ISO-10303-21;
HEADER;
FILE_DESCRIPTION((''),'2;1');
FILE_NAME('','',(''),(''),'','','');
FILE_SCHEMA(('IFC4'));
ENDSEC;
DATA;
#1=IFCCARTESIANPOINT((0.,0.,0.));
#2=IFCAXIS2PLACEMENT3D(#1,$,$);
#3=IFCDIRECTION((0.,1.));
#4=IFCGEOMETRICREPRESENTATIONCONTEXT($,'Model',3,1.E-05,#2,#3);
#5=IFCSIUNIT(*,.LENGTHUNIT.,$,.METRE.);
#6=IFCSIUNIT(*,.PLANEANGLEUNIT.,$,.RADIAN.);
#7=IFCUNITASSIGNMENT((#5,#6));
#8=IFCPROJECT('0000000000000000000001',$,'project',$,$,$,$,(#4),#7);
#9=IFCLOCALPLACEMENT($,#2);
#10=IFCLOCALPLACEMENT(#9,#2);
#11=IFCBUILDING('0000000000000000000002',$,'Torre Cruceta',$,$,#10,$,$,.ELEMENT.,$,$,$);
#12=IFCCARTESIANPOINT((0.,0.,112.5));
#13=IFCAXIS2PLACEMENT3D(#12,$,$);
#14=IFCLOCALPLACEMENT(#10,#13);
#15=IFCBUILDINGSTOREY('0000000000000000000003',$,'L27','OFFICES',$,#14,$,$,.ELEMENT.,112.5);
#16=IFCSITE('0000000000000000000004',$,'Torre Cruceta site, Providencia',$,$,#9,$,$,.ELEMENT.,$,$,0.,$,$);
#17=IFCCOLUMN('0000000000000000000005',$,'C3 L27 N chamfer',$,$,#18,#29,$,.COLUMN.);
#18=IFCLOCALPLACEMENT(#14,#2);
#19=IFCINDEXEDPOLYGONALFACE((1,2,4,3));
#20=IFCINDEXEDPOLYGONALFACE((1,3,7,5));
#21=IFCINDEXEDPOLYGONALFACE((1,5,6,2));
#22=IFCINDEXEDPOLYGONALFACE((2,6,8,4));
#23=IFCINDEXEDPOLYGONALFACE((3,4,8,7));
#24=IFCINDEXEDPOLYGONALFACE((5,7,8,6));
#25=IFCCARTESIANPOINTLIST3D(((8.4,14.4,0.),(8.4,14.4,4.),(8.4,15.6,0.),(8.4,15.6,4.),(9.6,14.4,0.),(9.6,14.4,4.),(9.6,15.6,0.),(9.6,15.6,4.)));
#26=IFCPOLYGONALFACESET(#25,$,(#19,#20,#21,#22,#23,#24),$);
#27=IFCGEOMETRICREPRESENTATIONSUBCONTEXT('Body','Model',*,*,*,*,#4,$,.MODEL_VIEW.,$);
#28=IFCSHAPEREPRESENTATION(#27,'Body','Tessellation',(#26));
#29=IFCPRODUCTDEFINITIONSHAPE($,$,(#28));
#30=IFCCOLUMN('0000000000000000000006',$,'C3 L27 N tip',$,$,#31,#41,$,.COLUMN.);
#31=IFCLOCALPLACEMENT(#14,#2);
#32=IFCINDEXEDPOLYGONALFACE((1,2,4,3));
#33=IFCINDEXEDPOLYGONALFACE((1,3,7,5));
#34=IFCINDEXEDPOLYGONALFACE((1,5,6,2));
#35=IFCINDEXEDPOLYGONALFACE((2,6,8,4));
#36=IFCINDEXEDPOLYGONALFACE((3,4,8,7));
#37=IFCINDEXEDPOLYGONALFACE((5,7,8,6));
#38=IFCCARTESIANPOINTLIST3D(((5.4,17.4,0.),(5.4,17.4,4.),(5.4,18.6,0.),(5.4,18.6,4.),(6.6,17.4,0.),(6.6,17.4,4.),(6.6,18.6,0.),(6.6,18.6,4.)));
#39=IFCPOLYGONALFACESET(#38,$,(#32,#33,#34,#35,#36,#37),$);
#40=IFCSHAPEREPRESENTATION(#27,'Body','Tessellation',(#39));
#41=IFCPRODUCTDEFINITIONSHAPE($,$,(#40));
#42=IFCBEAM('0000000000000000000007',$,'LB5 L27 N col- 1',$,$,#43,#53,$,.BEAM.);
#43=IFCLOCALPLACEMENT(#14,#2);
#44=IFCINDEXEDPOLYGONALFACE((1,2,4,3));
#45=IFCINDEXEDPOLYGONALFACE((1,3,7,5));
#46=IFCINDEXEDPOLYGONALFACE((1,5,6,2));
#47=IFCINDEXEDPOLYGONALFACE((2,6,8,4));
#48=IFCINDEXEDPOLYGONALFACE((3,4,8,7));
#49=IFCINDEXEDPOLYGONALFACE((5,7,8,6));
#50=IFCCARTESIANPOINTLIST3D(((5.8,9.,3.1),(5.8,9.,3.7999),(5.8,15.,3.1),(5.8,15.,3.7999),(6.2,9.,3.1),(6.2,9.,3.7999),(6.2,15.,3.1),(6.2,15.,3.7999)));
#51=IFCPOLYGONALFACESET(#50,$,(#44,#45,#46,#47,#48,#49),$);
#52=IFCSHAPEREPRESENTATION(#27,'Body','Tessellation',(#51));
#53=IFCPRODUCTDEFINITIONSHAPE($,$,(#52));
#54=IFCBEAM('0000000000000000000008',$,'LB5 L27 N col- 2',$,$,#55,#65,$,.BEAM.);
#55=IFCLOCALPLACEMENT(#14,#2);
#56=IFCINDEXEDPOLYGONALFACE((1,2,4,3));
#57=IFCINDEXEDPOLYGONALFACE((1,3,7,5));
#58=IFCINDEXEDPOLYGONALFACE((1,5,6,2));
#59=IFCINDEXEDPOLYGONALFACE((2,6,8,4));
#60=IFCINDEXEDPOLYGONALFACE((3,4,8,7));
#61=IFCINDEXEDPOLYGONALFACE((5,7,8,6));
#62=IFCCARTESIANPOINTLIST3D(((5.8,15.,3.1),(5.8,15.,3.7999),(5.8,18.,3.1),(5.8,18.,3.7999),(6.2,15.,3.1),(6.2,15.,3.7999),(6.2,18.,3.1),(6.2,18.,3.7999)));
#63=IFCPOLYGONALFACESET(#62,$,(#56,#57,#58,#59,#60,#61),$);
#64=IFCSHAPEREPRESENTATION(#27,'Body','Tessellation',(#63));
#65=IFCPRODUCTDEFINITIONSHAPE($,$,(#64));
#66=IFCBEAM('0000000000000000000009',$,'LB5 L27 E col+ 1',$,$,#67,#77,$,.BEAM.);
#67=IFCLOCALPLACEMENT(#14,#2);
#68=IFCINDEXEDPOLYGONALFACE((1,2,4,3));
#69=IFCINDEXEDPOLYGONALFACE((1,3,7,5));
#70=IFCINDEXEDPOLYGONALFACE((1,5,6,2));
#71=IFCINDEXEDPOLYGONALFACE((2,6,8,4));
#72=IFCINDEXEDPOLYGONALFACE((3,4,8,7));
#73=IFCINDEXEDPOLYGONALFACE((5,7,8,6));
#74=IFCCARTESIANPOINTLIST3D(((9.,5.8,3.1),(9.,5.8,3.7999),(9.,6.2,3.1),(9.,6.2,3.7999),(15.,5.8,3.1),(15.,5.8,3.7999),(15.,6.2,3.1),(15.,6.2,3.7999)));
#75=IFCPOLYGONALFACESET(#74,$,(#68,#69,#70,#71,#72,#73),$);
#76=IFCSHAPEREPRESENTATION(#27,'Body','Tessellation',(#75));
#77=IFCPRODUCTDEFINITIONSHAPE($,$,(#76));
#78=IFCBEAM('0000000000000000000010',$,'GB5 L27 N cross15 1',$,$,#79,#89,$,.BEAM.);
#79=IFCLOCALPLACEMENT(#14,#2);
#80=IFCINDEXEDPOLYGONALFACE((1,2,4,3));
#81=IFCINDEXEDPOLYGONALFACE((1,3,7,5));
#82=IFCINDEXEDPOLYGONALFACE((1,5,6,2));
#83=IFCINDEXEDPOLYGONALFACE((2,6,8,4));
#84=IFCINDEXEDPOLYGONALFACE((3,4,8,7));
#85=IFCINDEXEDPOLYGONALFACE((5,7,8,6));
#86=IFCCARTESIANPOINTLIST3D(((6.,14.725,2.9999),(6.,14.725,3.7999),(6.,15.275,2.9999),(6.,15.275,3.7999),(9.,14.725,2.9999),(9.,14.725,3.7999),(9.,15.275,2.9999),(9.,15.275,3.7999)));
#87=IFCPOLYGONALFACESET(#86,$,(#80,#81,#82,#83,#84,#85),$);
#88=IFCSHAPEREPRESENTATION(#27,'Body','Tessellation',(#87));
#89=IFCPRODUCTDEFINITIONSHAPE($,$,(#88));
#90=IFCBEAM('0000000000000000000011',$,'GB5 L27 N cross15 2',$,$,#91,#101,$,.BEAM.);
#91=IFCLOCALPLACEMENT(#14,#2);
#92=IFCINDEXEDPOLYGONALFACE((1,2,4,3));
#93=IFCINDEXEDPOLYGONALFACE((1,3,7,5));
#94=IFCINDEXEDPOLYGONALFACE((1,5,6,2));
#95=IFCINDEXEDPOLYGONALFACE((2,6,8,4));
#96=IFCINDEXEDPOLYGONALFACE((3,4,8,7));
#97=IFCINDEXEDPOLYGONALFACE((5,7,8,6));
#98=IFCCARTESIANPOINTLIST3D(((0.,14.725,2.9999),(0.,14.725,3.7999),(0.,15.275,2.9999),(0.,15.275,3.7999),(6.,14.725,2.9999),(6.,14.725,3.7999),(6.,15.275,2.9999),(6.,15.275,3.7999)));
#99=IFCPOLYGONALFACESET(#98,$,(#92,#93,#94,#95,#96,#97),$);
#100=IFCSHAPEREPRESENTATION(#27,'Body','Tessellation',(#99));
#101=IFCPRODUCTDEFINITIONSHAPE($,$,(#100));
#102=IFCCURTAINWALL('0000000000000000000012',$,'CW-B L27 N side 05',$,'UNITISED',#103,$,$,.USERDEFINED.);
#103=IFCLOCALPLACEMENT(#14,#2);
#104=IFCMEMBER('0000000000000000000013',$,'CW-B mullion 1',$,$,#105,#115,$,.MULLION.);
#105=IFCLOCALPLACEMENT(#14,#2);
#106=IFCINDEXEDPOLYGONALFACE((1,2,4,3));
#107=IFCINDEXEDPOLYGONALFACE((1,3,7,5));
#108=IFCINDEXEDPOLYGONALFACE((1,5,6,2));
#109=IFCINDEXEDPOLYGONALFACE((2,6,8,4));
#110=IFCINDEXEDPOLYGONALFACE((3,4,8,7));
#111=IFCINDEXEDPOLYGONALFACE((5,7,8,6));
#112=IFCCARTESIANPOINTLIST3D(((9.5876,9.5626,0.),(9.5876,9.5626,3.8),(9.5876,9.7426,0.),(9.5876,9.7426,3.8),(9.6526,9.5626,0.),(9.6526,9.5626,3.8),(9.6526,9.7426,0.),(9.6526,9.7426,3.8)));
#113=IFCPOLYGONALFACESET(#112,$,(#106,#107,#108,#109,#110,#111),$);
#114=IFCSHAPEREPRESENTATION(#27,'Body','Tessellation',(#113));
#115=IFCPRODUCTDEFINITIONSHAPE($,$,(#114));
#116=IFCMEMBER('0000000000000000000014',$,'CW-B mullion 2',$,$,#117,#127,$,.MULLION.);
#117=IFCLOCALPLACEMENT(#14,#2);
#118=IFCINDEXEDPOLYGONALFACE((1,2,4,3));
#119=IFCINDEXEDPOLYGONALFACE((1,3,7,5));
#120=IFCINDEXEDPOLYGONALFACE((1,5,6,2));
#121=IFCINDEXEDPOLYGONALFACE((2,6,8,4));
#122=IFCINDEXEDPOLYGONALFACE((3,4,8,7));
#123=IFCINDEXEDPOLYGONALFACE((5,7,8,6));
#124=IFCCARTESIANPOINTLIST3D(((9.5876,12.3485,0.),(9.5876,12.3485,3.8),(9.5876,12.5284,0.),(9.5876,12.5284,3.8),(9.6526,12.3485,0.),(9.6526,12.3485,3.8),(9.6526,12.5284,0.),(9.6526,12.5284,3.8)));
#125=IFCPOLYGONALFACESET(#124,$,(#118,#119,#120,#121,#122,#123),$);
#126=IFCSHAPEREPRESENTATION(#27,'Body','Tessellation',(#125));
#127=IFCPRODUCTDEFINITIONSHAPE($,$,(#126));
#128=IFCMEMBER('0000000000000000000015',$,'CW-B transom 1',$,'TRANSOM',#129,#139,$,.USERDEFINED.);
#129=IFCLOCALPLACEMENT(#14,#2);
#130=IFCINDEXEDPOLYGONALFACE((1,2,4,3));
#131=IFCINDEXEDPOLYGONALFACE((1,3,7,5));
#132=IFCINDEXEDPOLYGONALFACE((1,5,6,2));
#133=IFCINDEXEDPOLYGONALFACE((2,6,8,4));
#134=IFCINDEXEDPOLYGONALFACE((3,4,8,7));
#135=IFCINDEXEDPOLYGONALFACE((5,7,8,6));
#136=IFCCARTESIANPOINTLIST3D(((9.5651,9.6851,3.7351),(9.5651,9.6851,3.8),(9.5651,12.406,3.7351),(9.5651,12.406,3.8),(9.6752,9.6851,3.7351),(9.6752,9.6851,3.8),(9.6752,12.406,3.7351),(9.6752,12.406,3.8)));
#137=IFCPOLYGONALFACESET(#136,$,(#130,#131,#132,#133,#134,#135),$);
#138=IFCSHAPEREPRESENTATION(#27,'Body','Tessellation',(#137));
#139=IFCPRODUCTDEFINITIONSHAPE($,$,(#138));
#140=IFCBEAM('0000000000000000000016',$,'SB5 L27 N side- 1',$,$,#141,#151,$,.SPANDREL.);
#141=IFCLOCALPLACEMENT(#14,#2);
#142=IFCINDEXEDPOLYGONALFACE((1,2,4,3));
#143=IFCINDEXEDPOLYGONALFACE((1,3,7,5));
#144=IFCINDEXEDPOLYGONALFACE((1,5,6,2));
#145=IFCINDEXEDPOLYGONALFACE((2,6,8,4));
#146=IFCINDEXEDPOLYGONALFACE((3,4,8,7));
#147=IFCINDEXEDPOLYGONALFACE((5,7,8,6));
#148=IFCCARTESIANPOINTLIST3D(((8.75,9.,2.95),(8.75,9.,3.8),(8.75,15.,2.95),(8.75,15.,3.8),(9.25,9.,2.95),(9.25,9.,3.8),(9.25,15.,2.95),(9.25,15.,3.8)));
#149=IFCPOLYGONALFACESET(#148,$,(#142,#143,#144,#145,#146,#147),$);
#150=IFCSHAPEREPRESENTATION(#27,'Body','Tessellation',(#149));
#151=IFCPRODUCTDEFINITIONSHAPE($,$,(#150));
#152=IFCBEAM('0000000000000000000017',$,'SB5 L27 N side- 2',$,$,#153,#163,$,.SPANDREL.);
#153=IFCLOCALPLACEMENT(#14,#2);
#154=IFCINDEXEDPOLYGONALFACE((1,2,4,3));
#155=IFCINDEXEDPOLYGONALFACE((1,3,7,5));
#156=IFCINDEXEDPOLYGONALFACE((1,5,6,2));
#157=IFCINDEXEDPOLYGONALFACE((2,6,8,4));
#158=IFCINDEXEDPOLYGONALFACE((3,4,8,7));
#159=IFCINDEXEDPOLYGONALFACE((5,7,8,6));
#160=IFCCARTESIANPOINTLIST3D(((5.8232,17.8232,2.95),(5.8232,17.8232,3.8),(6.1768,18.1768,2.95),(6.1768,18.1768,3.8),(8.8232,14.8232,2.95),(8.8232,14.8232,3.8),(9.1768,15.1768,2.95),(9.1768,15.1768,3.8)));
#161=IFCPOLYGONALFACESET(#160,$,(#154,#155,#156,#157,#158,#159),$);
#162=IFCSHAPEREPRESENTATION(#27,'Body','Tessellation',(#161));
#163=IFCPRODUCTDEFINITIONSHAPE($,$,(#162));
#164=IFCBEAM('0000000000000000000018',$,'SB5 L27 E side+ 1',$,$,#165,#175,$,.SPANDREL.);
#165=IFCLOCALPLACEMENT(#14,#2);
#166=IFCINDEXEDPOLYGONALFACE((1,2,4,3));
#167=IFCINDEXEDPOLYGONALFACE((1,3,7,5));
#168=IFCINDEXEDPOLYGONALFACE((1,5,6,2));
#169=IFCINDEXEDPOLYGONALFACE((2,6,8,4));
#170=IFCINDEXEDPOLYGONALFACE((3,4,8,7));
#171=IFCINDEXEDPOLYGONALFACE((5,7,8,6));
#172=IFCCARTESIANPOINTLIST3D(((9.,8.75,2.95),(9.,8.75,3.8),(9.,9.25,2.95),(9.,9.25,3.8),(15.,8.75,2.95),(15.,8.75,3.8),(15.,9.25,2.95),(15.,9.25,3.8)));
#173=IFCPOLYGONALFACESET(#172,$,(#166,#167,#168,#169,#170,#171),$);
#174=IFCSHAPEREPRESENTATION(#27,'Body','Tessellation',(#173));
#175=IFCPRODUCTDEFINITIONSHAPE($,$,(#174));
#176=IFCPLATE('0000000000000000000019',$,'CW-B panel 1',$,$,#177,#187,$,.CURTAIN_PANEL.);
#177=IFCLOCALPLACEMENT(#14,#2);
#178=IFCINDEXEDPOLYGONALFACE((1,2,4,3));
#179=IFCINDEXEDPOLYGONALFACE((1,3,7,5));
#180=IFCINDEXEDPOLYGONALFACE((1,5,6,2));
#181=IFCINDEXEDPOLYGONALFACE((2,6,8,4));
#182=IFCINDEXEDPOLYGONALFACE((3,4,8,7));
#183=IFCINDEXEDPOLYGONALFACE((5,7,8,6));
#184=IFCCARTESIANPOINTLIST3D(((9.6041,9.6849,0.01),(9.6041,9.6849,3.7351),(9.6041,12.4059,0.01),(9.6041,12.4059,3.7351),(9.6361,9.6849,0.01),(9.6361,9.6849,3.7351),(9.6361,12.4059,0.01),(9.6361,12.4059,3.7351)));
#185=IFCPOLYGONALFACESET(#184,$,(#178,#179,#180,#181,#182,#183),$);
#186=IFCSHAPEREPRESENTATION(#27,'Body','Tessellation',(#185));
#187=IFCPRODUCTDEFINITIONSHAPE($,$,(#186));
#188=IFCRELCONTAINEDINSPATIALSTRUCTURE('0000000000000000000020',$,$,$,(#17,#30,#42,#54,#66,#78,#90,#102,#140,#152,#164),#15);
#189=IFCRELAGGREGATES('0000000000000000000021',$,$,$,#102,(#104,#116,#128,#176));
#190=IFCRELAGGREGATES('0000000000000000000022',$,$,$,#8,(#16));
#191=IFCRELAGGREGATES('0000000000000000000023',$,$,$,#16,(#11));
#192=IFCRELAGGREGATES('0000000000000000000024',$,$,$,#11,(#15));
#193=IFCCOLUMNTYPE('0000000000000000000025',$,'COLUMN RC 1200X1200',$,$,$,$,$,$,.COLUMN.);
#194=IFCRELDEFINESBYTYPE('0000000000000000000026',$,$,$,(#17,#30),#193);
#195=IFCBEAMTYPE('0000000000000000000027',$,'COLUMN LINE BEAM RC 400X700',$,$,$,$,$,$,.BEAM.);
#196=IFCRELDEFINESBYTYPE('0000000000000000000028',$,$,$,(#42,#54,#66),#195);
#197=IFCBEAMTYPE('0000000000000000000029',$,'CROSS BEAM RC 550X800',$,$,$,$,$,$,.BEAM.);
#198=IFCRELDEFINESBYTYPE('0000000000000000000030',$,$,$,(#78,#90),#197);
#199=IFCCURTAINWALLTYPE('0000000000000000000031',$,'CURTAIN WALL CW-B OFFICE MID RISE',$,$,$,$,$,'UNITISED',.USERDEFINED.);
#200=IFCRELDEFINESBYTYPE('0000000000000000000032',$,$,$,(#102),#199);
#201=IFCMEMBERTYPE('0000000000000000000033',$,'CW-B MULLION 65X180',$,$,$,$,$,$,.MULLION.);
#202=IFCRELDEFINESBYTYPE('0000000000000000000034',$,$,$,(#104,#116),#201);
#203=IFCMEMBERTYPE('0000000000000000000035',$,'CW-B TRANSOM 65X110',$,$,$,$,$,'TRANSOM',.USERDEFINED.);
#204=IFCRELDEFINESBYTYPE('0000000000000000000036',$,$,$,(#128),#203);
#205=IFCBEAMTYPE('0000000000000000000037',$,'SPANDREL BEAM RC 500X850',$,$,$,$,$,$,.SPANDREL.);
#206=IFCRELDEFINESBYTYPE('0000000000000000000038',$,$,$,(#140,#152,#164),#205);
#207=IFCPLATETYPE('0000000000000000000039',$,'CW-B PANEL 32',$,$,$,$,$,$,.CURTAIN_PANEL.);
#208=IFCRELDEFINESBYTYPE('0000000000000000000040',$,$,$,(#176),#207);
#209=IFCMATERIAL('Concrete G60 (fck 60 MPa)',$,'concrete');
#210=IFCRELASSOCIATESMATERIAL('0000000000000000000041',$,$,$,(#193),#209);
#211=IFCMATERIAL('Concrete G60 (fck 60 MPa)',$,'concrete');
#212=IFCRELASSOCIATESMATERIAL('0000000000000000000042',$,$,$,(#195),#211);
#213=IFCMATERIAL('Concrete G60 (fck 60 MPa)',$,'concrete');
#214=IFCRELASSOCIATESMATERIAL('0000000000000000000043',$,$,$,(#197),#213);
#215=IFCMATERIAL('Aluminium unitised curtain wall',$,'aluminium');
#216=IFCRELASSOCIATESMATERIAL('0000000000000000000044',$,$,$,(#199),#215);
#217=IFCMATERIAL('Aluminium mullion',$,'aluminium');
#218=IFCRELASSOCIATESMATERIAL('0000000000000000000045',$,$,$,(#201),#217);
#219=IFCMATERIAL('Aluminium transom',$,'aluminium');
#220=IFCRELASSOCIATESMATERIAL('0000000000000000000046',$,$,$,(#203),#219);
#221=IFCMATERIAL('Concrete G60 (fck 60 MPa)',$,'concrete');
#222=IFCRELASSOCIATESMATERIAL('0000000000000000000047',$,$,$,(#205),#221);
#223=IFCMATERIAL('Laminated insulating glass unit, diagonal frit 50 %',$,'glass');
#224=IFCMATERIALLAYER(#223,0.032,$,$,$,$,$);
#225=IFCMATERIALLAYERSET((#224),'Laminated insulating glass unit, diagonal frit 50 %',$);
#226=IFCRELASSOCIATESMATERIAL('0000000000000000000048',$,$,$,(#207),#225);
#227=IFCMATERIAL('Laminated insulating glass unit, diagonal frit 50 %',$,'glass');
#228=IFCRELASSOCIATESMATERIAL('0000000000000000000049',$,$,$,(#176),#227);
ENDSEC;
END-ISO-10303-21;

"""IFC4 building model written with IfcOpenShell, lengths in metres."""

from ifc_helpers import new_model, si_unit, direction, frame, origin, origin_2d, place, context, subcontext, project, spatial, rectangle, extrude, material, layer, layer_set, material_profile, profile_set, type_object, element, aggregate, save


model = new_model("IFC4")

# Units and contexts
model_context = context("Model", 3, precision=1e-05, world=origin(), true_north=direction((0.0, 1.0)))
body_context = subcontext(model_context, "Body", "Model", "MODEL_VIEW")
ifc_project = project(units=[si_unit("LENGTHUNIT", "METRE"), si_unit("PLANEANGLEUNIT", "RADIAN")], contexts=[model_context])

# Site, building, storey
site_placement = place(None, origin())
site = spatial("IfcSite", under=ifc_project, at=site_placement, Name="Torre Cruceta site, Providencia", CompositionType="ELEMENT", RefElevation=0.0)
building_placement = place(site_placement, origin())
building = spatial("IfcBuilding", under=site, at=building_placement, Name="Torre Cruceta", CompositionType="ELEMENT")
storey_placement = place(building_placement, frame((0.0, 0.0, 112.5)))
storey = spatial("IfcBuildingStorey", under=building, at=storey_placement, Name="L27", Description="OFFICES", CompositionType="ELEMENT", Elevation=112.5)

# Columns
ifc_material_1 = material(Name="Concrete G60 (fck 60 MPa)", Category="concrete")
ifc_material_profile_1 = material_profile(ifc_material_1, rectangle(XDim=1.2, YDim=1.2, at=origin_2d()), Name="RC 1200X1200")
ifc_profile_set_1 = profile_set([ifc_material_profile_1], Name="Concrete G60 (fck 60 MPa)")
column_type = type_object("IfcColumnType", Name="COLUMN RC 1200X1200", PredefinedType="COLUMN", material=ifc_profile_set_1)
for number, where, z_axis, x_axis, name in (
    (1, (9.0, 15.0, 0.0), (0.0, 0.0, 1.0), (1.0, 0.0, 0.0), "C3 L27 N chamfer"),
    (2, (6.0, 18.0, 0.0), (0.0, 0.0, 1.0), (1.0, 0.0, 0.0), "C3 L27 N tip"),
):
    element("IfcColumn", number, at=place(storey_placement, frame(where, z_axis=z_axis, x_axis=x_axis)), inside=storey, type_object=column_type, Name=name, PredefinedType="COLUMN", context=body_context, shape_type="SweptSolid", body=[
        extrude(rectangle(XDim=1.2, YDim=1.2, at=origin_2d()), origin(), (0.0, 0.0, 1.0), 4.0),
    ])

# Beams
ifc_material_2 = material(Name="Concrete G60 (fck 60 MPa)", Category="concrete")
ifc_material_profile_2 = material_profile(ifc_material_2, rectangle(XDim=0.3999, YDim=0.7, at=origin_2d()), Name="RC 400X700")
ifc_profile_set_2 = profile_set([ifc_material_profile_2], Name="Concrete G60 (fck 60 MPa)")
beam_type_1 = type_object("IfcBeamType", Name="COLUMN LINE BEAM RC 400X700", PredefinedType="BEAM", material=ifc_profile_set_2)
beam_1_placement = place(storey_placement, frame((6.0, 9.0, 3.45), z_axis=(0.0, 1.0, 0.0), x_axis=(-1.0, 0.0, 0.0)))
element("IfcBeam", 3, at=beam_1_placement, inside=storey, type_object=beam_type_1, Name="LB5 L27 N col- 1", PredefinedType="BEAM", context=body_context, shape_type="SweptSolid", body=[
    extrude(rectangle(XDim=0.3999, YDim=0.7, at=origin_2d()), origin(), (0.0, 0.0, 1.0), 6.0),
])
beam_2_placement = place(storey_placement, frame((6.0, 15.0, 3.45), z_axis=(0.0, 1.0, 0.0), x_axis=(-1.0, 0.0, 0.0)))
element("IfcBeam", 4, at=beam_2_placement, inside=storey, type_object=beam_type_1, Name="LB5 L27 N col- 2", PredefinedType="BEAM", context=body_context, shape_type="SweptSolid", body=[
    extrude(rectangle(XDim=0.3999, YDim=0.7, at=origin_2d()), origin(), (0.0, 0.0, 1.0), 3.0),
])
beam_3_placement = place(storey_placement, frame((9.0, 6.0, 3.45), z_axis=(1.0, 0.0, 0.0), x_axis=(0.0, 1.0, 0.0)))
element("IfcBeam", 5, at=beam_3_placement, inside=storey, type_object=beam_type_1, Name="LB5 L27 E col+ 1", PredefinedType="BEAM", context=body_context, shape_type="SweptSolid", body=[
    extrude(rectangle(XDim=0.3999, YDim=0.7, at=origin_2d()), origin(), (0.0, 0.0, 1.0), 6.0),
])
ifc_material_3 = material(Name="Concrete G60 (fck 60 MPa)", Category="concrete")
ifc_material_profile_3 = material_profile(ifc_material_3, rectangle(XDim=0.55, YDim=0.8, at=origin_2d()), Name="RC 550X800")
ifc_profile_set_3 = profile_set([ifc_material_profile_3], Name="Concrete G60 (fck 60 MPa)")
beam_type_2 = type_object("IfcBeamType", Name="CROSS BEAM RC 550X800", PredefinedType="BEAM", material=ifc_profile_set_3)
beam_4_placement = place(storey_placement, frame((9.0, 15.0, 3.3999), z_axis=(-1.0, 0.0, 0.0), x_axis=(0.0, -1.0, 0.0)))
element("IfcBeam", 6, at=beam_4_placement, inside=storey, type_object=beam_type_2, Name="GB5 L27 N cross15 1", PredefinedType="BEAM", context=body_context, shape_type="SweptSolid", body=[
    extrude(rectangle(XDim=0.55, YDim=0.8, at=origin_2d()), origin(), (0.0, 0.0, 1.0), 3.0),
])
beam_5_placement = place(storey_placement, frame((6.0, 15.0, 3.3999), z_axis=(-1.0, 0.0, 0.0), x_axis=(0.0, -1.0, 0.0)))
element("IfcBeam", 7, at=beam_5_placement, inside=storey, type_object=beam_type_2, Name="GB5 L27 N cross15 2", PredefinedType="BEAM", context=body_context, shape_type="SweptSolid", body=[
    extrude(rectangle(XDim=0.55, YDim=0.8, at=origin_2d()), origin(), (0.0, 0.0, 1.0), 6.0),
])

# Curtain wall, members
ifc_material_4 = material(Name="Aluminium unitised curtain wall", Category="aluminium")
curtain_wall_type = type_object("IfcCurtainWallType", Name="CURTAIN WALL CW-B OFFICE MID RISE", ElementType="UNITISED", PredefinedType="USERDEFINED", material=ifc_material_4)
curtain_wall_placement = place(storey_placement, origin())
curtain_wall = element("IfcCurtainWall", 8, at=curtain_wall_placement, inside=storey, type_object=curtain_wall_type, Name="CW-B L27 N side 05", ObjectType="UNITISED", PredefinedType="USERDEFINED")
ifc_material_5 = material(Name="Aluminium mullion", Category="aluminium")
ifc_material_profile_4 = material_profile(ifc_material_5, rectangle(XDim=0.0649, YDim=0.1799, at=origin_2d()), Name="AL 65X180")
ifc_profile_set_4 = profile_set([ifc_material_profile_4], Name="Aluminium mullion")
member_type_1 = type_object("IfcMemberType", Name="CW-B MULLION 65X180", PredefinedType="MULLION", material=ifc_profile_set_4)
member_1_placement = place(storey_placement, frame((9.6201, 9.6526, 0.0), z_axis=(0.0, 0.0, 1.0), x_axis=(-1.0, 0.0, 0.0)))
member_1 = element("IfcMember", 9, at=member_1_placement, type_object=member_type_1, Name="CW-B mullion 1", PredefinedType="MULLION", context=body_context, shape_type="SweptSolid", body=[
    extrude(rectangle(XDim=0.0649, YDim=0.1799, at=origin_2d()), origin(), (0.0, 0.0, 1.0), 3.8),
])
member_2_placement = place(storey_placement, frame((9.6201, 12.4385, 0.0), z_axis=(0.0, 0.0, 1.0), x_axis=(-1.0, 0.0, 0.0)))
member_2 = element("IfcMember", 10, at=member_2_placement, type_object=member_type_1, Name="CW-B mullion 2", PredefinedType="MULLION", context=body_context, shape_type="SweptSolid", body=[
    extrude(rectangle(XDim=0.0649, YDim=0.1799, at=origin_2d()), origin(), (0.0, 0.0, 1.0), 3.8),
])
ifc_material_6 = material(Name="Aluminium transom", Category="aluminium")
ifc_material_profile_5 = material_profile(ifc_material_6, rectangle(XDim=0.1101, YDim=0.0649, at=origin_2d()), Name="AL 110X65")
ifc_profile_set_5 = profile_set([ifc_material_profile_5], Name="Aluminium transom")
member_type_2 = type_object("IfcMemberType", Name="CW-B TRANSOM 65X110", ElementType="TRANSOM", PredefinedType="USERDEFINED", material=ifc_profile_set_5)
member_3_placement = place(storey_placement, frame((9.6201, 9.6851, 3.7676), z_axis=(0.0, 1.0, 0.0), x_axis=(-1.0, 0.0, 0.0)))
member_3 = element("IfcMember", 11, at=member_3_placement, type_object=member_type_2, Name="CW-B transom 1", ObjectType="TRANSOM", PredefinedType="USERDEFINED", context=body_context, shape_type="SweptSolid", body=[
    extrude(rectangle(XDim=0.1101, YDim=0.0649, at=origin_2d()), origin(), (0.0, 0.0, 1.0), 2.7209),
])

# Beams
ifc_material_7 = material(Name="Concrete G60 (fck 60 MPa)", Category="concrete")
ifc_material_profile_6 = material_profile(ifc_material_7, rectangle(XDim=0.5, YDim=0.8501, at=origin_2d()), Name="RC 500X850")
ifc_profile_set_6 = profile_set([ifc_material_profile_6], Name="Concrete G60 (fck 60 MPa)")
beam_type_3 = type_object("IfcBeamType", Name="SPANDREL BEAM RC 500X850", PredefinedType="SPANDREL", material=ifc_profile_set_6)
beam_6_placement = place(storey_placement, frame((9.0, 9.0, 3.375), z_axis=(0.0, 1.0, 0.0), x_axis=(-1.0, 0.0, 0.0)))
element("IfcBeam", 12, at=beam_6_placement, inside=storey, type_object=beam_type_3, Name="SB5 L27 N side- 1", PredefinedType="SPANDREL", context=body_context, shape_type="SweptSolid", body=[
    extrude(rectangle(XDim=0.5, YDim=0.8501, at=origin_2d()), origin(), (0.0, 0.0, 1.0), 6.0),
])
beam_7_placement = place(storey_placement, frame((9.0, 15.0, 3.375), z_axis=(-0.707107, 0.707107, 0.0), x_axis=(-0.707107, -0.707107, 0.0)))
element("IfcBeam", 13, at=beam_7_placement, inside=storey, type_object=beam_type_3, Name="SB5 L27 N side- 2", PredefinedType="SPANDREL", context=body_context, shape_type="SweptSolid", body=[
    extrude(rectangle(XDim=0.5, YDim=0.8501, at=origin_2d()), origin(), (0.0, 0.0, 1.0), 4.2427),
])
beam_8_placement = place(storey_placement, frame((9.0, 9.0, 3.375), z_axis=(1.0, 0.0, 0.0), x_axis=(0.0, 1.0, 0.0)))
element("IfcBeam", 14, at=beam_8_placement, inside=storey, type_object=beam_type_3, Name="SB5 L27 E side+ 1", PredefinedType="SPANDREL", context=body_context, shape_type="SweptSolid", body=[
    extrude(rectangle(XDim=0.5, YDim=0.8501, at=origin_2d()), origin(), (0.0, 0.0, 1.0), 6.0),
])

# Plate
ifc_material_8 = material(Name="Laminated insulating glass unit, diagonal frit 50 %", Category="glass")
ifc_material_9 = material(Name="Laminated insulating glass unit, diagonal frit 50 %", Category="glass")
ifc_layer_1 = layer(ifc_material_9, 0.032)
ifc_layer_set_1 = layer_set([ifc_layer_1], Name="Laminated insulating glass unit, diagonal frit 50 %")
plate_type = type_object("IfcPlateType", Name="CW-B PANEL 32", PredefinedType="CURTAIN_PANEL", material=ifc_layer_set_1)
plate_placement = place(storey_placement, frame((9.6201, 11.0454, 0.01), z_axis=(0.0, 0.0, 1.0), x_axis=(0.0, 1.0, 0.0)))
plate = element("IfcPlate", 15, at=plate_placement, type_object=plate_type, material=ifc_material_8, Name="CW-B panel 1", PredefinedType="CURTAIN_PANEL", context=body_context, shape_type="SweptSolid", body=[
    extrude(rectangle(XDim=2.7209, YDim=0.032, at=origin_2d()), origin(), (0.0, 0.0, 1.0), 3.7251),
])
aggregate(curtain_wall, [member_1, member_2, member_3, plate])

save(model, "model.ifc")
